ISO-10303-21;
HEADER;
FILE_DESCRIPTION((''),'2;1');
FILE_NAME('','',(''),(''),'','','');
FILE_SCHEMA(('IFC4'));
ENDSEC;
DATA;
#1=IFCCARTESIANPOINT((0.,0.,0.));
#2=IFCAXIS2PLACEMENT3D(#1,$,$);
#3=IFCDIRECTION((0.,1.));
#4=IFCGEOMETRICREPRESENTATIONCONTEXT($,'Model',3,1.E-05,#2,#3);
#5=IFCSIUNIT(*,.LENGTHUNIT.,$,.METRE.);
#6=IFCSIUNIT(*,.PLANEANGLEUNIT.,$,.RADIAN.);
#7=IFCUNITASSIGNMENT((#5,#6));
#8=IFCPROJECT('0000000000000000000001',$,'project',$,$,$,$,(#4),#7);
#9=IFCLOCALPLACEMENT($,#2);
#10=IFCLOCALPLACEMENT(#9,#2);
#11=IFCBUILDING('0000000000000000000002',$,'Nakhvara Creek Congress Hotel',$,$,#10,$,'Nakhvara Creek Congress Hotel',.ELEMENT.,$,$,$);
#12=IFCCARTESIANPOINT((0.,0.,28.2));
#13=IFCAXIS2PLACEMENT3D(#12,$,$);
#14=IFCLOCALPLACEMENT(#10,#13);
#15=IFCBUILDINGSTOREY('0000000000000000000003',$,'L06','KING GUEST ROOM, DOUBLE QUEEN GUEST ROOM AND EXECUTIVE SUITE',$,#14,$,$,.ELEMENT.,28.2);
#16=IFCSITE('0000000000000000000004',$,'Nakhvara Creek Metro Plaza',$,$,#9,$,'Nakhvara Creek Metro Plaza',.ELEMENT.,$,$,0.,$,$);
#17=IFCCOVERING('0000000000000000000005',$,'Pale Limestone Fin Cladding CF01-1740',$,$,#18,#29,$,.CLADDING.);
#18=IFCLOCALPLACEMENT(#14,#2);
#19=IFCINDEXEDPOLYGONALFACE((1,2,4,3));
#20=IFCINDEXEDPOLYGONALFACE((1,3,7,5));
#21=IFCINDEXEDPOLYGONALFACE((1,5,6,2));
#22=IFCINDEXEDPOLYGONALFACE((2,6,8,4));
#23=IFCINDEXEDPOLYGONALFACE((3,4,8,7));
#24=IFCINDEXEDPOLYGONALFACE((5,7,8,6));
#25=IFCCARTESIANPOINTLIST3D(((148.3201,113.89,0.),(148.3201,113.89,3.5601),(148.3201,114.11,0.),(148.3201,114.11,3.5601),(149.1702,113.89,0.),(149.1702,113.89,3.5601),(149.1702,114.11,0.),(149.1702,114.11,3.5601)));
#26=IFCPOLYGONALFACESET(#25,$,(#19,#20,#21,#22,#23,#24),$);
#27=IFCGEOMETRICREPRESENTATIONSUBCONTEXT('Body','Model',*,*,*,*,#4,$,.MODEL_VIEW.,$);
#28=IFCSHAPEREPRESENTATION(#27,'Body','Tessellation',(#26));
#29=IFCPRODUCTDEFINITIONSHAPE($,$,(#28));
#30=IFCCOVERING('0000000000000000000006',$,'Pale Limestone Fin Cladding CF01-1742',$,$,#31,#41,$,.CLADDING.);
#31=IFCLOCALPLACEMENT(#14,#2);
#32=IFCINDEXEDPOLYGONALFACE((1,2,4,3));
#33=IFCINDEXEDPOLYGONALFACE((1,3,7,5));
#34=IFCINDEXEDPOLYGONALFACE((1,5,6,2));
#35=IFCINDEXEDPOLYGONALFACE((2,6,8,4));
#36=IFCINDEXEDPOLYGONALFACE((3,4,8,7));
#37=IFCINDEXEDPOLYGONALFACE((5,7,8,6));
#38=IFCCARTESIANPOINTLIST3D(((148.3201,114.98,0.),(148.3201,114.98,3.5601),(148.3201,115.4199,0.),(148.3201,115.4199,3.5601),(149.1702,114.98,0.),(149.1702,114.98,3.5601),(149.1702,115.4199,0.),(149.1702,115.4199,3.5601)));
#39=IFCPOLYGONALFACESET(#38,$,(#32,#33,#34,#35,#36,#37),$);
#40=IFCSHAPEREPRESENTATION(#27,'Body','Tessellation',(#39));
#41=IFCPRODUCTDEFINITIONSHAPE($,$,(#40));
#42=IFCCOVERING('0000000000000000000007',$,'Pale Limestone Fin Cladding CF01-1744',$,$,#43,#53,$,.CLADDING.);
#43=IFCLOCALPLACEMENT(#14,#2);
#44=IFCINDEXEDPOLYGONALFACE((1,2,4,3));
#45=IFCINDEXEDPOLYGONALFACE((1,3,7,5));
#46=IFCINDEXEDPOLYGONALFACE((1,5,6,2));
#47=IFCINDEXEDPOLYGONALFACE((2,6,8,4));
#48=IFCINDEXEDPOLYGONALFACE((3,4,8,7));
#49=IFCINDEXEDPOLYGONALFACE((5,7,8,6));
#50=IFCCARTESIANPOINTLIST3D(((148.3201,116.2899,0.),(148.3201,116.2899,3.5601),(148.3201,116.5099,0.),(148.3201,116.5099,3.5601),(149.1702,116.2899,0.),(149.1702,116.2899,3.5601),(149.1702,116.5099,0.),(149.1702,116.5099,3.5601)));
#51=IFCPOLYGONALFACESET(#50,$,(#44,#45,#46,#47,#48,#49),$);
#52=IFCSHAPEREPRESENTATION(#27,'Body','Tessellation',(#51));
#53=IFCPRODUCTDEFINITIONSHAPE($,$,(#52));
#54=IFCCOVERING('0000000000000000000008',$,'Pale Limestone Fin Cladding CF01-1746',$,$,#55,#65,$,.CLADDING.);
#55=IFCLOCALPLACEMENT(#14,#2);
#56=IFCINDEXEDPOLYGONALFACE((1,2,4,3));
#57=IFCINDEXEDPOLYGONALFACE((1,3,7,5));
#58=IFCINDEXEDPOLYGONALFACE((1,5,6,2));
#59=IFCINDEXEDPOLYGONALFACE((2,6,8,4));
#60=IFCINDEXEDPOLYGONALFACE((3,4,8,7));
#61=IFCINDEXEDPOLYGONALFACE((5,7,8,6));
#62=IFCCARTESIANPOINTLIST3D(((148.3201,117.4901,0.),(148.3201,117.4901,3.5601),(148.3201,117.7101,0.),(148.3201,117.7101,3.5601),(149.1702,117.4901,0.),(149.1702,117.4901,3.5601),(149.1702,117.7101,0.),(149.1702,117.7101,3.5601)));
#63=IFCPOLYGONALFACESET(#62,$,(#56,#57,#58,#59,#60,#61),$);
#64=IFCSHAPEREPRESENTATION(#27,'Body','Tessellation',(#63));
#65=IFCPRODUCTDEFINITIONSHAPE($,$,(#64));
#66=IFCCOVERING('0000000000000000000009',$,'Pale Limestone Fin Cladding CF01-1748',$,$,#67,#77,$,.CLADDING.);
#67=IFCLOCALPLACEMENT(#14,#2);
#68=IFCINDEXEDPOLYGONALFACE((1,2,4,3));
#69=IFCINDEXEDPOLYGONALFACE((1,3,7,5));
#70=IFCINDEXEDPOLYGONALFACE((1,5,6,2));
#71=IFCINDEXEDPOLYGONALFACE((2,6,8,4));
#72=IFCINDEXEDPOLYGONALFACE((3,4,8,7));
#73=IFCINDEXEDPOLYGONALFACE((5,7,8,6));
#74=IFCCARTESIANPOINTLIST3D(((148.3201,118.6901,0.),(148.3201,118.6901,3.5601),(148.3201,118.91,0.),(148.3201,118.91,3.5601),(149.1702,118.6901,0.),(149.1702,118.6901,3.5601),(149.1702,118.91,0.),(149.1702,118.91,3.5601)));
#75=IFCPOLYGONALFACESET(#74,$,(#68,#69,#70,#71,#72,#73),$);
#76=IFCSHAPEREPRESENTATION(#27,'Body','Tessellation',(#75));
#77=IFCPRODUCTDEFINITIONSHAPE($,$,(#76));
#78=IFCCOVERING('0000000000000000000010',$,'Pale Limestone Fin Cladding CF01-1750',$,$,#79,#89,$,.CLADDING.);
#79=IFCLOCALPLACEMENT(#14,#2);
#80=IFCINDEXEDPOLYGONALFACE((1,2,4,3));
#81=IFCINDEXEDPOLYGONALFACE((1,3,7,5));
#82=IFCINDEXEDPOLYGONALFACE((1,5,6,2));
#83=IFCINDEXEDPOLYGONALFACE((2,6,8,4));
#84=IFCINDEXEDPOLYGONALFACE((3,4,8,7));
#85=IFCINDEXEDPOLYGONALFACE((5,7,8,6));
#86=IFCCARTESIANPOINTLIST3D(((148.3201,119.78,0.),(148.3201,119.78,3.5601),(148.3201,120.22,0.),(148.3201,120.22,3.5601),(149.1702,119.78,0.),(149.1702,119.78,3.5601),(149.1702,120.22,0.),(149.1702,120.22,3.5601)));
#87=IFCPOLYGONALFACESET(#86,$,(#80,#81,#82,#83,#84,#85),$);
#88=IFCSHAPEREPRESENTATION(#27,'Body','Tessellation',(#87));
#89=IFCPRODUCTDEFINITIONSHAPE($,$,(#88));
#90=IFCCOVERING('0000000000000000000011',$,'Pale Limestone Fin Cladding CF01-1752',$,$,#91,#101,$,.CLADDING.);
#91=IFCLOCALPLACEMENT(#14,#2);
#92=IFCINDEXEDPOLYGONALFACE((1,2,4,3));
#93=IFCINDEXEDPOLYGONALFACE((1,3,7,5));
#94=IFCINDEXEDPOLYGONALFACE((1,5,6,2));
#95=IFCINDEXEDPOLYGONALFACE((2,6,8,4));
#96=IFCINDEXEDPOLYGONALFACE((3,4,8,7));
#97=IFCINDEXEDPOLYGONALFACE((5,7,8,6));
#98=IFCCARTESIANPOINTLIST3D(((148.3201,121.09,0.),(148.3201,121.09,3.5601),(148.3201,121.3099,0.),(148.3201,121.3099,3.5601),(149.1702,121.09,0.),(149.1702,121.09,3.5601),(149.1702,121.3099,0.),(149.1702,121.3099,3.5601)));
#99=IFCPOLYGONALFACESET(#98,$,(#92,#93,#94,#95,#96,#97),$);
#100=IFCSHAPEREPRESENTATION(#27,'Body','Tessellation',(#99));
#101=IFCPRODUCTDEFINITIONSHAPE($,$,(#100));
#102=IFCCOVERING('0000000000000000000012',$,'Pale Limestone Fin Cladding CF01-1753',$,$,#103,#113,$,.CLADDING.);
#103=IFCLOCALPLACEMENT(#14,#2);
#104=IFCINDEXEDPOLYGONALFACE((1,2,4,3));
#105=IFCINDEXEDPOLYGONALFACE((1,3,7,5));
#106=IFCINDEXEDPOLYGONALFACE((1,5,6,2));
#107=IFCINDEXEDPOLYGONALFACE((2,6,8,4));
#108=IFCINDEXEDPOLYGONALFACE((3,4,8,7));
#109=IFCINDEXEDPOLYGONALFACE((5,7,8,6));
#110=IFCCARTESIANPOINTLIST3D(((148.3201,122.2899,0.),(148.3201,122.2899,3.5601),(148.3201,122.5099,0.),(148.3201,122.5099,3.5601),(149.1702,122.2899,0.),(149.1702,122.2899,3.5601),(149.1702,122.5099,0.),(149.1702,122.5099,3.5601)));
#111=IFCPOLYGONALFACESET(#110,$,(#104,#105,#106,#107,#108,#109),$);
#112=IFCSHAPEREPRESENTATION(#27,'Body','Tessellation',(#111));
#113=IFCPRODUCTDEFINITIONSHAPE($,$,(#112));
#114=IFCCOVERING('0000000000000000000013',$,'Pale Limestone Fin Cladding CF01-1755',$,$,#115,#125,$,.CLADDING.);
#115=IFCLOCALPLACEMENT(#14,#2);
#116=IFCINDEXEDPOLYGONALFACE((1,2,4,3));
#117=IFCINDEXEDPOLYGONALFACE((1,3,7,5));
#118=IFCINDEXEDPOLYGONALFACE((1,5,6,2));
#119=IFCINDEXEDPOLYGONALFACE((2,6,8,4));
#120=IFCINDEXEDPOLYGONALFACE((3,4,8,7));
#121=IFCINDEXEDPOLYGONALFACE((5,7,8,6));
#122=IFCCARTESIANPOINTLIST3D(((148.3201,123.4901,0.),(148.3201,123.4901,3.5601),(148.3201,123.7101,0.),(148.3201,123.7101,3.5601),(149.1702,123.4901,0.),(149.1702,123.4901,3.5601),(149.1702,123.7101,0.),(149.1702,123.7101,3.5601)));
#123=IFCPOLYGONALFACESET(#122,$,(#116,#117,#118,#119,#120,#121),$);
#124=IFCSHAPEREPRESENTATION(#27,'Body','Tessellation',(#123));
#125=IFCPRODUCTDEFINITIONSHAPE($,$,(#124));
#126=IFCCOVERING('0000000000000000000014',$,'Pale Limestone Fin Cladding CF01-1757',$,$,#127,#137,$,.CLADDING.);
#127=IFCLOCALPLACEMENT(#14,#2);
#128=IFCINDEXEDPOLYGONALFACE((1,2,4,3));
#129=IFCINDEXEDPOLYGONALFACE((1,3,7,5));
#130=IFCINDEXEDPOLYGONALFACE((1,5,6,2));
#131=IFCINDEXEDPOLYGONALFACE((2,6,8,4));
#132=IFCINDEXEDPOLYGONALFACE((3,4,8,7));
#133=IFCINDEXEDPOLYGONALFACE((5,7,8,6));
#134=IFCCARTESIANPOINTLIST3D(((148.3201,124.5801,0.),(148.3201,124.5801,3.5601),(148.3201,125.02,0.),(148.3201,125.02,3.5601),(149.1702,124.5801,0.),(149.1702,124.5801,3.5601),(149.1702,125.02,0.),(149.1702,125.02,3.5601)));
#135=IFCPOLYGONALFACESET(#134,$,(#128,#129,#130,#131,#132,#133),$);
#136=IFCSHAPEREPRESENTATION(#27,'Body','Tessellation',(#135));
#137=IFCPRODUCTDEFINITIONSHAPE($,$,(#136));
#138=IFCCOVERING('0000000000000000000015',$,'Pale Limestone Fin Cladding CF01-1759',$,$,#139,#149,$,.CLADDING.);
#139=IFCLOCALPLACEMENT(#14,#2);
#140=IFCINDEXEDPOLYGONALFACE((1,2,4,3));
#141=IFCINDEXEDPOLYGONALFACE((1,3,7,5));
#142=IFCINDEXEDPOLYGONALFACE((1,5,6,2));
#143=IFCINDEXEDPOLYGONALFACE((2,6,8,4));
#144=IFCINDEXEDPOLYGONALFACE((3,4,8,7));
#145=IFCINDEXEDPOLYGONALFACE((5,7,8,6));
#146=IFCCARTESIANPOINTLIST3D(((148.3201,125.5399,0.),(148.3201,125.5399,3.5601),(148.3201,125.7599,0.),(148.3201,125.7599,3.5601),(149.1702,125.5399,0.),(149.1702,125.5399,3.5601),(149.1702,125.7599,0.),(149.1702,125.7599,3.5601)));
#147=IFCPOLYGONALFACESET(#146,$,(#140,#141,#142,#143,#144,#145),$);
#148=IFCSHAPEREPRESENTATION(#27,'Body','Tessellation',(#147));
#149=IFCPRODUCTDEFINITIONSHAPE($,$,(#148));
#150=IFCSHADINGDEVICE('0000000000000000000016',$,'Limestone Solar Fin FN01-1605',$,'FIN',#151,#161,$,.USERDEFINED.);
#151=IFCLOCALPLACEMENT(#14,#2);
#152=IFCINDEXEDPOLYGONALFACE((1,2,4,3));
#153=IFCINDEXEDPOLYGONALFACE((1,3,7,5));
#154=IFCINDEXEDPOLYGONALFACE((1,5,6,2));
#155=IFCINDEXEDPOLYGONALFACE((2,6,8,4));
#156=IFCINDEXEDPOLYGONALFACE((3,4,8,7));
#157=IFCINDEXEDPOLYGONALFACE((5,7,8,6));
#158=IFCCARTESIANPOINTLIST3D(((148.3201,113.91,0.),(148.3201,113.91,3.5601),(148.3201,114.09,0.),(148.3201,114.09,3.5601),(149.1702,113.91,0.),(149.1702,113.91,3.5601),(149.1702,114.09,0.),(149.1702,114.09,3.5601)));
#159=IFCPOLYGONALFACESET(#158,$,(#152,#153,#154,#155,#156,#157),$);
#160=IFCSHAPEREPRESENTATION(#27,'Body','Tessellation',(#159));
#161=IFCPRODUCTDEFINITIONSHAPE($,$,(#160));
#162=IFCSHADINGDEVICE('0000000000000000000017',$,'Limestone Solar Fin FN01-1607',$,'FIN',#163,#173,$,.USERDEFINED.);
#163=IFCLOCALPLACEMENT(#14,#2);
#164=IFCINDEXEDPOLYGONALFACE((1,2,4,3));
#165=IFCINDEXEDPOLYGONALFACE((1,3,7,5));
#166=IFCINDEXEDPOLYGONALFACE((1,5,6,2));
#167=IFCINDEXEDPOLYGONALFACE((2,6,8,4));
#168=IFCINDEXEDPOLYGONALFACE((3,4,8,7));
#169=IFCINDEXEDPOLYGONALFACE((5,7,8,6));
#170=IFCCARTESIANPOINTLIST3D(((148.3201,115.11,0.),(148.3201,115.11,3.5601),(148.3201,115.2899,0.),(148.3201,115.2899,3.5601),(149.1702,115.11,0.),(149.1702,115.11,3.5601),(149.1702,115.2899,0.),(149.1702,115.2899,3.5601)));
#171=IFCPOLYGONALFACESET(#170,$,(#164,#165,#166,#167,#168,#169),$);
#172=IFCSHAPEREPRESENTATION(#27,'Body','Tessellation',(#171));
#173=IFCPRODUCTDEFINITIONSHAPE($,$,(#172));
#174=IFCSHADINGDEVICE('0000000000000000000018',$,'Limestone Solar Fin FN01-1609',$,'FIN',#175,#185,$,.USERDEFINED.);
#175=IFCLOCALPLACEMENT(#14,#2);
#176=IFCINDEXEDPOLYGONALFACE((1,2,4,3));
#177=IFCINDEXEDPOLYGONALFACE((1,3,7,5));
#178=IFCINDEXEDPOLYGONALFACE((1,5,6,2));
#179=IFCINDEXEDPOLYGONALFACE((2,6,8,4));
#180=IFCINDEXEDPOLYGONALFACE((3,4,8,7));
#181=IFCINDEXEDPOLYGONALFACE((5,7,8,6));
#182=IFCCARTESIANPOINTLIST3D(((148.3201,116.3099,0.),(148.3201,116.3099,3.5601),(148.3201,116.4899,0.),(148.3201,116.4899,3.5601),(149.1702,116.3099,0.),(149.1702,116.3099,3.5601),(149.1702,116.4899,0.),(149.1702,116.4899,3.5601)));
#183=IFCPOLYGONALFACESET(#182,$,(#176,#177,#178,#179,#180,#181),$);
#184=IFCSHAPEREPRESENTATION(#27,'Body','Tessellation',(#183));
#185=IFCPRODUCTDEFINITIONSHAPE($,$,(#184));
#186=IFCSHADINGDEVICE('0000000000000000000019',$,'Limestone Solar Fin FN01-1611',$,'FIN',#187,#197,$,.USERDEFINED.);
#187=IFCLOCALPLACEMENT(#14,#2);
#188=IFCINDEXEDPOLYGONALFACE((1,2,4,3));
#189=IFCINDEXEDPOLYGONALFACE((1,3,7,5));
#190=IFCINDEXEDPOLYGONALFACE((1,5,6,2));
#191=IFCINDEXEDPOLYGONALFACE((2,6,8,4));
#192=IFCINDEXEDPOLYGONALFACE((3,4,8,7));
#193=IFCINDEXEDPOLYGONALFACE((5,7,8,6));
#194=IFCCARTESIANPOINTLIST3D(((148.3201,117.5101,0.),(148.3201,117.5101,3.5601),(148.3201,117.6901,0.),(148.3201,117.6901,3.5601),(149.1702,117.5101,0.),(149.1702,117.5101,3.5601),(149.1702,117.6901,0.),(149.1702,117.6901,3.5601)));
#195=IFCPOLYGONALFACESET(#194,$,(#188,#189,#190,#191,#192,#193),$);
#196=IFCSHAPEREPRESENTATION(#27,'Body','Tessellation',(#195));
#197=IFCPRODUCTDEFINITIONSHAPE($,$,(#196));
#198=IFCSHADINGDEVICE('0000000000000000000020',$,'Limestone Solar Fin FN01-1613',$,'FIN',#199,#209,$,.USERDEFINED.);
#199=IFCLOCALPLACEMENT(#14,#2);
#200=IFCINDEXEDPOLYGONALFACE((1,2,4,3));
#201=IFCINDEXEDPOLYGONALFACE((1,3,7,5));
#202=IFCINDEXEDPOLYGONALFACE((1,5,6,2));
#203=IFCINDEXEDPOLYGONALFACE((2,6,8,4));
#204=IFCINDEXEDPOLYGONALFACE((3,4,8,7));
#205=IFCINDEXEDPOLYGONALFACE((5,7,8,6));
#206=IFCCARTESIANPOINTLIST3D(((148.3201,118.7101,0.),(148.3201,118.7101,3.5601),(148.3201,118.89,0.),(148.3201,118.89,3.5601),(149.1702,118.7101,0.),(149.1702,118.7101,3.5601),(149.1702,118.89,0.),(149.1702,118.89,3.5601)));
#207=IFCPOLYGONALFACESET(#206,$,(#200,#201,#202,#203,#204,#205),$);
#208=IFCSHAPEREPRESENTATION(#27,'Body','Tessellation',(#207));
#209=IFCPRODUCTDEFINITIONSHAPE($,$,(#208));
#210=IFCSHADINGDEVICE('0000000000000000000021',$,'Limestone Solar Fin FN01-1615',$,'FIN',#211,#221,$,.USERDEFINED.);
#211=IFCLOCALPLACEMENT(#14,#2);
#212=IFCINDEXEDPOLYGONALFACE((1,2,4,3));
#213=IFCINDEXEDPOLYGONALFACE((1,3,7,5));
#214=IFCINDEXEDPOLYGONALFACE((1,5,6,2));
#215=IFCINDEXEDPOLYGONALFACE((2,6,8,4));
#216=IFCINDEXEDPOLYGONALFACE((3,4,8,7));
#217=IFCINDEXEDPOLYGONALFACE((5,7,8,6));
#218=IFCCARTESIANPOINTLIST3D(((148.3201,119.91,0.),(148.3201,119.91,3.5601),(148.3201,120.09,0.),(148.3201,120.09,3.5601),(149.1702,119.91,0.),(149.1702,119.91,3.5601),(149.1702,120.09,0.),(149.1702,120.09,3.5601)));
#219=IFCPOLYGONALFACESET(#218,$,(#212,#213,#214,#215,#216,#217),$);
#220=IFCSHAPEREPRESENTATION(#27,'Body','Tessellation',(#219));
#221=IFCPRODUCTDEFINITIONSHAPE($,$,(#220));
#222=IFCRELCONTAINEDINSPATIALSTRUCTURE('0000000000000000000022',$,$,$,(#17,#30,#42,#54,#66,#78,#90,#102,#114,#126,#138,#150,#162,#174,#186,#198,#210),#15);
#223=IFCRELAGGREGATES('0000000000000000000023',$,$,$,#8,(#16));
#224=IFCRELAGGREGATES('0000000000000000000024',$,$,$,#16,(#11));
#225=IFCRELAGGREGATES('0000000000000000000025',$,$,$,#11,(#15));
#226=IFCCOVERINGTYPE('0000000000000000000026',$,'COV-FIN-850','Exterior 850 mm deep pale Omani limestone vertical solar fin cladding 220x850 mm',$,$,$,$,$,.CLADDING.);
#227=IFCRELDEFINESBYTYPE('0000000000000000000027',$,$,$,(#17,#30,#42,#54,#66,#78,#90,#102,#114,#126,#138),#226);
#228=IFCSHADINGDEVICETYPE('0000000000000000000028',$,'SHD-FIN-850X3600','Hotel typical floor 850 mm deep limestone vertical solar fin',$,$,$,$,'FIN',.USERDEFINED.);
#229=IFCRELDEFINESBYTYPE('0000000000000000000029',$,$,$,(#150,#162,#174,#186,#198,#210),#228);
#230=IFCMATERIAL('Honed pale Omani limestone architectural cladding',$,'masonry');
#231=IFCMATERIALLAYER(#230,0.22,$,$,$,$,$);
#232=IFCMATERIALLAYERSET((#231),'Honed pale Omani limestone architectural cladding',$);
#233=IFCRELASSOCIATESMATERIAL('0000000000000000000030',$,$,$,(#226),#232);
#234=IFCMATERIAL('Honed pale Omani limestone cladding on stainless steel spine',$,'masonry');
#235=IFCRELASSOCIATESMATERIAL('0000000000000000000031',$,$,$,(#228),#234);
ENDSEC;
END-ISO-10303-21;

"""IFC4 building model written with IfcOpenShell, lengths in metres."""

from ifc_helpers import new_model, si_unit, direction, frame, origin, origin_2d, place, context, subcontext, project, spatial, rectangle, extrude, material, layer, layer_set, type_object, element, save


model = new_model("IFC4")

# Units and contexts
model_context = context("Model", 3, precision=1e-05, world=origin(), true_north=direction((0.0, 1.0)))
body_context = subcontext(model_context, "Body", "Model", "MODEL_VIEW")
ifc_project = project(units=[si_unit("LENGTHUNIT", "METRE"), si_unit("PLANEANGLEUNIT", "RADIAN")], contexts=[model_context])

# Site, building, storey
site_placement = place(None, origin())
site = spatial("IfcSite", under=ifc_project, at=site_placement, Name="Nakhvara Creek Metro Plaza", LongName="Nakhvara Creek Metro Plaza", CompositionType="ELEMENT", RefElevation=0.0)
building_placement = place(site_placement, origin())
building = spatial("IfcBuilding", under=site, at=building_placement, Name="Nakhvara Creek Congress Hotel", LongName="Nakhvara Creek Congress Hotel", CompositionType="ELEMENT")
storey_placement = place(building_placement, frame((0.0, 0.0, 28.2)))
storey = spatial("IfcBuildingStorey", under=building, at=storey_placement, Name="L06", Description="KING GUEST ROOM, DOUBLE QUEEN GUEST ROOM AND EXECUTIVE SUITE", CompositionType="ELEMENT", Elevation=28.2)

# Coverings
ifc_material_1 = material(Name="Honed pale Omani limestone architectural cladding", Category="masonry")
ifc_layer = layer(ifc_material_1, 0.22)
ifc_layer_set = layer_set([ifc_layer], Name="Honed pale Omani limestone architectural cladding")
covering_type = type_object("IfcCoveringType", Name="COV-FIN-850", Description="Exterior 850 mm deep pale Omani limestone vertical solar fin cladding 220x850 mm", PredefinedType="CLADDING", material=ifc_layer_set)
covering_1_placement = place(storey_placement, frame((148.7451, 114.0, 0.0), z_axis=(0.0, 0.0, 1.0), x_axis=(0.0, 1.0, 0.0)))
element("IfcCovering", 1, at=covering_1_placement, inside=storey, type_object=covering_type, Name="Pale Limestone Fin Cladding CF01-1740", PredefinedType="CLADDING", context=body_context, shape_type="SweptSolid", body=[
    extrude(rectangle(XDim=0.22, YDim=0.8501, at=origin_2d()), origin(), (0.0, 0.0, 1.0), 3.5601),
])
covering_2_placement = place(storey_placement, frame((148.7451, 115.2, 0.0), z_axis=(0.0, 0.0, 1.0), x_axis=(0.0, 1.0, 0.0)))
element("IfcCovering", 2, at=covering_2_placement, inside=storey, type_object=covering_type, Name="Pale Limestone Fin Cladding CF01-1742", PredefinedType="CLADDING", context=body_context, shape_type="SweptSolid", body=[
    extrude(rectangle(XDim=0.4399, YDim=0.8501, at=origin_2d()), origin(), (0.0, 0.0, 1.0), 3.5601),
])
for number, where, z_axis, x_axis, name in (
    (3, (148.7451, 116.3999, 0.0), (0.0, 0.0, 1.0), (0.0, 1.0, 0.0), "Pale Limestone Fin Cladding CF01-1744"),
    (4, (148.7451, 117.6001, 0.0), (0.0, 0.0, 1.0), (0.0, 1.0, 0.0), "Pale Limestone Fin Cladding CF01-1746"),
    (5, (148.7451, 118.8, 0.0), (0.0, 0.0, 1.0), (0.0, 1.0, 0.0), "Pale Limestone Fin Cladding CF01-1748"),
):
    element("IfcCovering", number, at=place(storey_placement, frame(where, z_axis=z_axis, x_axis=x_axis)), inside=storey, type_object=covering_type, Name=name, PredefinedType="CLADDING", context=body_context, shape_type="SweptSolid", body=[
        extrude(rectangle(XDim=0.22, YDim=0.8501, at=origin_2d()), origin(), (0.0, 0.0, 1.0), 3.5601),
    ])
covering_3_placement = place(storey_placement, frame((148.7451, 120.0, 0.0), z_axis=(0.0, 0.0, 1.0), x_axis=(0.0, 1.0, 0.0)))
element("IfcCovering", 6, at=covering_3_placement, inside=storey, type_object=covering_type, Name="Pale Limestone Fin Cladding CF01-1750", PredefinedType="CLADDING", context=body_context, shape_type="SweptSolid", body=[
    extrude(rectangle(XDim=0.4399, YDim=0.8501, at=origin_2d()), origin(), (0.0, 0.0, 1.0), 3.5601),
])
for number, where, z_axis, x_axis, name in (
    (7, (148.7451, 121.2, 0.0), (0.0, 0.0, 1.0), (0.0, 1.0, 0.0), "Pale Limestone Fin Cladding CF01-1752"),
    (8, (148.7451, 122.3999, 0.0), (0.0, 0.0, 1.0), (0.0, 1.0, 0.0), "Pale Limestone Fin Cladding CF01-1753"),
    (9, (148.7451, 123.6001, 0.0), (0.0, 0.0, 1.0), (0.0, 1.0, 0.0), "Pale Limestone Fin Cladding CF01-1755"),
):
    element("IfcCovering", number, at=place(storey_placement, frame(where, z_axis=z_axis, x_axis=x_axis)), inside=storey, type_object=covering_type, Name=name, PredefinedType="CLADDING", context=body_context, shape_type="SweptSolid", body=[
        extrude(rectangle(XDim=0.22, YDim=0.8501, at=origin_2d()), origin(), (0.0, 0.0, 1.0), 3.5601),
    ])
covering_4_placement = place(storey_placement, frame((148.7451, 124.8, 0.0), z_axis=(0.0, 0.0, 1.0), x_axis=(0.0, 1.0, 0.0)))
element("IfcCovering", 10, at=covering_4_placement, inside=storey, type_object=covering_type, Name="Pale Limestone Fin Cladding CF01-1757", PredefinedType="CLADDING", context=body_context, shape_type="SweptSolid", body=[
    extrude(rectangle(XDim=0.4399, YDim=0.8501, at=origin_2d()), origin(), (0.0, 0.0, 1.0), 3.5601),
])
covering_5_placement = place(storey_placement, frame((148.7451, 125.6499, 0.0), z_axis=(0.0, 0.0, 1.0), x_axis=(0.0, 1.0, 0.0)))
element("IfcCovering", 11, at=covering_5_placement, inside=storey, type_object=covering_type, Name="Pale Limestone Fin Cladding CF01-1759", PredefinedType="CLADDING", context=body_context, shape_type="SweptSolid", body=[
    extrude(rectangle(XDim=0.22, YDim=0.8501, at=origin_2d()), origin(), (0.0, 0.0, 1.0), 3.5601),
])

# Shading devices
ifc_material_2 = material(Name="Honed pale Omani limestone cladding on stainless steel spine", Category="masonry")
shading_device_type = type_object("IfcShadingDeviceType", Name="SHD-FIN-850X3600", Description="Hotel typical floor 850 mm deep limestone vertical solar fin", ElementType="FIN", PredefinedType="USERDEFINED", material=ifc_material_2)
for number, where, z_axis, x_axis, name in (
    (12, (148.7451, 114.0, 0.0), (0.0, 0.0, 1.0), (0.0, 1.0, 0.0), "Limestone Solar Fin FN01-1605"),
    (13, (148.7451, 115.2, 0.0), (0.0, 0.0, 1.0), (0.0, 1.0, 0.0), "Limestone Solar Fin FN01-1607"),
    (14, (148.7451, 116.3999, 0.0), (0.0, 0.0, 1.0), (0.0, 1.0, 0.0), "Limestone Solar Fin FN01-1609"),
    (15, (148.7451, 117.6001, 0.0), (0.0, 0.0, 1.0), (0.0, 1.0, 0.0), "Limestone Solar Fin FN01-1611"),
    (16, (148.7451, 118.8, 0.0), (0.0, 0.0, 1.0), (0.0, 1.0, 0.0), "Limestone Solar Fin FN01-1613"),
    (17, (148.7451, 120.0, 0.0), (0.0, 0.0, 1.0), (0.0, 1.0, 0.0), "Limestone Solar Fin FN01-1615"),
):
    element("IfcShadingDevice", number, at=place(storey_placement, frame(where, z_axis=z_axis, x_axis=x_axis)), inside=storey, type_object=shading_device_type, Name=name, ObjectType="FIN", PredefinedType="USERDEFINED", context=body_context, shape_type="SweptSolid", body=[
        extrude(rectangle(XDim=0.1799, YDim=0.8501, at=origin_2d()), origin(), (0.0, 0.0, 1.0), 3.5601),
    ])

save(model, "model.ifc")
